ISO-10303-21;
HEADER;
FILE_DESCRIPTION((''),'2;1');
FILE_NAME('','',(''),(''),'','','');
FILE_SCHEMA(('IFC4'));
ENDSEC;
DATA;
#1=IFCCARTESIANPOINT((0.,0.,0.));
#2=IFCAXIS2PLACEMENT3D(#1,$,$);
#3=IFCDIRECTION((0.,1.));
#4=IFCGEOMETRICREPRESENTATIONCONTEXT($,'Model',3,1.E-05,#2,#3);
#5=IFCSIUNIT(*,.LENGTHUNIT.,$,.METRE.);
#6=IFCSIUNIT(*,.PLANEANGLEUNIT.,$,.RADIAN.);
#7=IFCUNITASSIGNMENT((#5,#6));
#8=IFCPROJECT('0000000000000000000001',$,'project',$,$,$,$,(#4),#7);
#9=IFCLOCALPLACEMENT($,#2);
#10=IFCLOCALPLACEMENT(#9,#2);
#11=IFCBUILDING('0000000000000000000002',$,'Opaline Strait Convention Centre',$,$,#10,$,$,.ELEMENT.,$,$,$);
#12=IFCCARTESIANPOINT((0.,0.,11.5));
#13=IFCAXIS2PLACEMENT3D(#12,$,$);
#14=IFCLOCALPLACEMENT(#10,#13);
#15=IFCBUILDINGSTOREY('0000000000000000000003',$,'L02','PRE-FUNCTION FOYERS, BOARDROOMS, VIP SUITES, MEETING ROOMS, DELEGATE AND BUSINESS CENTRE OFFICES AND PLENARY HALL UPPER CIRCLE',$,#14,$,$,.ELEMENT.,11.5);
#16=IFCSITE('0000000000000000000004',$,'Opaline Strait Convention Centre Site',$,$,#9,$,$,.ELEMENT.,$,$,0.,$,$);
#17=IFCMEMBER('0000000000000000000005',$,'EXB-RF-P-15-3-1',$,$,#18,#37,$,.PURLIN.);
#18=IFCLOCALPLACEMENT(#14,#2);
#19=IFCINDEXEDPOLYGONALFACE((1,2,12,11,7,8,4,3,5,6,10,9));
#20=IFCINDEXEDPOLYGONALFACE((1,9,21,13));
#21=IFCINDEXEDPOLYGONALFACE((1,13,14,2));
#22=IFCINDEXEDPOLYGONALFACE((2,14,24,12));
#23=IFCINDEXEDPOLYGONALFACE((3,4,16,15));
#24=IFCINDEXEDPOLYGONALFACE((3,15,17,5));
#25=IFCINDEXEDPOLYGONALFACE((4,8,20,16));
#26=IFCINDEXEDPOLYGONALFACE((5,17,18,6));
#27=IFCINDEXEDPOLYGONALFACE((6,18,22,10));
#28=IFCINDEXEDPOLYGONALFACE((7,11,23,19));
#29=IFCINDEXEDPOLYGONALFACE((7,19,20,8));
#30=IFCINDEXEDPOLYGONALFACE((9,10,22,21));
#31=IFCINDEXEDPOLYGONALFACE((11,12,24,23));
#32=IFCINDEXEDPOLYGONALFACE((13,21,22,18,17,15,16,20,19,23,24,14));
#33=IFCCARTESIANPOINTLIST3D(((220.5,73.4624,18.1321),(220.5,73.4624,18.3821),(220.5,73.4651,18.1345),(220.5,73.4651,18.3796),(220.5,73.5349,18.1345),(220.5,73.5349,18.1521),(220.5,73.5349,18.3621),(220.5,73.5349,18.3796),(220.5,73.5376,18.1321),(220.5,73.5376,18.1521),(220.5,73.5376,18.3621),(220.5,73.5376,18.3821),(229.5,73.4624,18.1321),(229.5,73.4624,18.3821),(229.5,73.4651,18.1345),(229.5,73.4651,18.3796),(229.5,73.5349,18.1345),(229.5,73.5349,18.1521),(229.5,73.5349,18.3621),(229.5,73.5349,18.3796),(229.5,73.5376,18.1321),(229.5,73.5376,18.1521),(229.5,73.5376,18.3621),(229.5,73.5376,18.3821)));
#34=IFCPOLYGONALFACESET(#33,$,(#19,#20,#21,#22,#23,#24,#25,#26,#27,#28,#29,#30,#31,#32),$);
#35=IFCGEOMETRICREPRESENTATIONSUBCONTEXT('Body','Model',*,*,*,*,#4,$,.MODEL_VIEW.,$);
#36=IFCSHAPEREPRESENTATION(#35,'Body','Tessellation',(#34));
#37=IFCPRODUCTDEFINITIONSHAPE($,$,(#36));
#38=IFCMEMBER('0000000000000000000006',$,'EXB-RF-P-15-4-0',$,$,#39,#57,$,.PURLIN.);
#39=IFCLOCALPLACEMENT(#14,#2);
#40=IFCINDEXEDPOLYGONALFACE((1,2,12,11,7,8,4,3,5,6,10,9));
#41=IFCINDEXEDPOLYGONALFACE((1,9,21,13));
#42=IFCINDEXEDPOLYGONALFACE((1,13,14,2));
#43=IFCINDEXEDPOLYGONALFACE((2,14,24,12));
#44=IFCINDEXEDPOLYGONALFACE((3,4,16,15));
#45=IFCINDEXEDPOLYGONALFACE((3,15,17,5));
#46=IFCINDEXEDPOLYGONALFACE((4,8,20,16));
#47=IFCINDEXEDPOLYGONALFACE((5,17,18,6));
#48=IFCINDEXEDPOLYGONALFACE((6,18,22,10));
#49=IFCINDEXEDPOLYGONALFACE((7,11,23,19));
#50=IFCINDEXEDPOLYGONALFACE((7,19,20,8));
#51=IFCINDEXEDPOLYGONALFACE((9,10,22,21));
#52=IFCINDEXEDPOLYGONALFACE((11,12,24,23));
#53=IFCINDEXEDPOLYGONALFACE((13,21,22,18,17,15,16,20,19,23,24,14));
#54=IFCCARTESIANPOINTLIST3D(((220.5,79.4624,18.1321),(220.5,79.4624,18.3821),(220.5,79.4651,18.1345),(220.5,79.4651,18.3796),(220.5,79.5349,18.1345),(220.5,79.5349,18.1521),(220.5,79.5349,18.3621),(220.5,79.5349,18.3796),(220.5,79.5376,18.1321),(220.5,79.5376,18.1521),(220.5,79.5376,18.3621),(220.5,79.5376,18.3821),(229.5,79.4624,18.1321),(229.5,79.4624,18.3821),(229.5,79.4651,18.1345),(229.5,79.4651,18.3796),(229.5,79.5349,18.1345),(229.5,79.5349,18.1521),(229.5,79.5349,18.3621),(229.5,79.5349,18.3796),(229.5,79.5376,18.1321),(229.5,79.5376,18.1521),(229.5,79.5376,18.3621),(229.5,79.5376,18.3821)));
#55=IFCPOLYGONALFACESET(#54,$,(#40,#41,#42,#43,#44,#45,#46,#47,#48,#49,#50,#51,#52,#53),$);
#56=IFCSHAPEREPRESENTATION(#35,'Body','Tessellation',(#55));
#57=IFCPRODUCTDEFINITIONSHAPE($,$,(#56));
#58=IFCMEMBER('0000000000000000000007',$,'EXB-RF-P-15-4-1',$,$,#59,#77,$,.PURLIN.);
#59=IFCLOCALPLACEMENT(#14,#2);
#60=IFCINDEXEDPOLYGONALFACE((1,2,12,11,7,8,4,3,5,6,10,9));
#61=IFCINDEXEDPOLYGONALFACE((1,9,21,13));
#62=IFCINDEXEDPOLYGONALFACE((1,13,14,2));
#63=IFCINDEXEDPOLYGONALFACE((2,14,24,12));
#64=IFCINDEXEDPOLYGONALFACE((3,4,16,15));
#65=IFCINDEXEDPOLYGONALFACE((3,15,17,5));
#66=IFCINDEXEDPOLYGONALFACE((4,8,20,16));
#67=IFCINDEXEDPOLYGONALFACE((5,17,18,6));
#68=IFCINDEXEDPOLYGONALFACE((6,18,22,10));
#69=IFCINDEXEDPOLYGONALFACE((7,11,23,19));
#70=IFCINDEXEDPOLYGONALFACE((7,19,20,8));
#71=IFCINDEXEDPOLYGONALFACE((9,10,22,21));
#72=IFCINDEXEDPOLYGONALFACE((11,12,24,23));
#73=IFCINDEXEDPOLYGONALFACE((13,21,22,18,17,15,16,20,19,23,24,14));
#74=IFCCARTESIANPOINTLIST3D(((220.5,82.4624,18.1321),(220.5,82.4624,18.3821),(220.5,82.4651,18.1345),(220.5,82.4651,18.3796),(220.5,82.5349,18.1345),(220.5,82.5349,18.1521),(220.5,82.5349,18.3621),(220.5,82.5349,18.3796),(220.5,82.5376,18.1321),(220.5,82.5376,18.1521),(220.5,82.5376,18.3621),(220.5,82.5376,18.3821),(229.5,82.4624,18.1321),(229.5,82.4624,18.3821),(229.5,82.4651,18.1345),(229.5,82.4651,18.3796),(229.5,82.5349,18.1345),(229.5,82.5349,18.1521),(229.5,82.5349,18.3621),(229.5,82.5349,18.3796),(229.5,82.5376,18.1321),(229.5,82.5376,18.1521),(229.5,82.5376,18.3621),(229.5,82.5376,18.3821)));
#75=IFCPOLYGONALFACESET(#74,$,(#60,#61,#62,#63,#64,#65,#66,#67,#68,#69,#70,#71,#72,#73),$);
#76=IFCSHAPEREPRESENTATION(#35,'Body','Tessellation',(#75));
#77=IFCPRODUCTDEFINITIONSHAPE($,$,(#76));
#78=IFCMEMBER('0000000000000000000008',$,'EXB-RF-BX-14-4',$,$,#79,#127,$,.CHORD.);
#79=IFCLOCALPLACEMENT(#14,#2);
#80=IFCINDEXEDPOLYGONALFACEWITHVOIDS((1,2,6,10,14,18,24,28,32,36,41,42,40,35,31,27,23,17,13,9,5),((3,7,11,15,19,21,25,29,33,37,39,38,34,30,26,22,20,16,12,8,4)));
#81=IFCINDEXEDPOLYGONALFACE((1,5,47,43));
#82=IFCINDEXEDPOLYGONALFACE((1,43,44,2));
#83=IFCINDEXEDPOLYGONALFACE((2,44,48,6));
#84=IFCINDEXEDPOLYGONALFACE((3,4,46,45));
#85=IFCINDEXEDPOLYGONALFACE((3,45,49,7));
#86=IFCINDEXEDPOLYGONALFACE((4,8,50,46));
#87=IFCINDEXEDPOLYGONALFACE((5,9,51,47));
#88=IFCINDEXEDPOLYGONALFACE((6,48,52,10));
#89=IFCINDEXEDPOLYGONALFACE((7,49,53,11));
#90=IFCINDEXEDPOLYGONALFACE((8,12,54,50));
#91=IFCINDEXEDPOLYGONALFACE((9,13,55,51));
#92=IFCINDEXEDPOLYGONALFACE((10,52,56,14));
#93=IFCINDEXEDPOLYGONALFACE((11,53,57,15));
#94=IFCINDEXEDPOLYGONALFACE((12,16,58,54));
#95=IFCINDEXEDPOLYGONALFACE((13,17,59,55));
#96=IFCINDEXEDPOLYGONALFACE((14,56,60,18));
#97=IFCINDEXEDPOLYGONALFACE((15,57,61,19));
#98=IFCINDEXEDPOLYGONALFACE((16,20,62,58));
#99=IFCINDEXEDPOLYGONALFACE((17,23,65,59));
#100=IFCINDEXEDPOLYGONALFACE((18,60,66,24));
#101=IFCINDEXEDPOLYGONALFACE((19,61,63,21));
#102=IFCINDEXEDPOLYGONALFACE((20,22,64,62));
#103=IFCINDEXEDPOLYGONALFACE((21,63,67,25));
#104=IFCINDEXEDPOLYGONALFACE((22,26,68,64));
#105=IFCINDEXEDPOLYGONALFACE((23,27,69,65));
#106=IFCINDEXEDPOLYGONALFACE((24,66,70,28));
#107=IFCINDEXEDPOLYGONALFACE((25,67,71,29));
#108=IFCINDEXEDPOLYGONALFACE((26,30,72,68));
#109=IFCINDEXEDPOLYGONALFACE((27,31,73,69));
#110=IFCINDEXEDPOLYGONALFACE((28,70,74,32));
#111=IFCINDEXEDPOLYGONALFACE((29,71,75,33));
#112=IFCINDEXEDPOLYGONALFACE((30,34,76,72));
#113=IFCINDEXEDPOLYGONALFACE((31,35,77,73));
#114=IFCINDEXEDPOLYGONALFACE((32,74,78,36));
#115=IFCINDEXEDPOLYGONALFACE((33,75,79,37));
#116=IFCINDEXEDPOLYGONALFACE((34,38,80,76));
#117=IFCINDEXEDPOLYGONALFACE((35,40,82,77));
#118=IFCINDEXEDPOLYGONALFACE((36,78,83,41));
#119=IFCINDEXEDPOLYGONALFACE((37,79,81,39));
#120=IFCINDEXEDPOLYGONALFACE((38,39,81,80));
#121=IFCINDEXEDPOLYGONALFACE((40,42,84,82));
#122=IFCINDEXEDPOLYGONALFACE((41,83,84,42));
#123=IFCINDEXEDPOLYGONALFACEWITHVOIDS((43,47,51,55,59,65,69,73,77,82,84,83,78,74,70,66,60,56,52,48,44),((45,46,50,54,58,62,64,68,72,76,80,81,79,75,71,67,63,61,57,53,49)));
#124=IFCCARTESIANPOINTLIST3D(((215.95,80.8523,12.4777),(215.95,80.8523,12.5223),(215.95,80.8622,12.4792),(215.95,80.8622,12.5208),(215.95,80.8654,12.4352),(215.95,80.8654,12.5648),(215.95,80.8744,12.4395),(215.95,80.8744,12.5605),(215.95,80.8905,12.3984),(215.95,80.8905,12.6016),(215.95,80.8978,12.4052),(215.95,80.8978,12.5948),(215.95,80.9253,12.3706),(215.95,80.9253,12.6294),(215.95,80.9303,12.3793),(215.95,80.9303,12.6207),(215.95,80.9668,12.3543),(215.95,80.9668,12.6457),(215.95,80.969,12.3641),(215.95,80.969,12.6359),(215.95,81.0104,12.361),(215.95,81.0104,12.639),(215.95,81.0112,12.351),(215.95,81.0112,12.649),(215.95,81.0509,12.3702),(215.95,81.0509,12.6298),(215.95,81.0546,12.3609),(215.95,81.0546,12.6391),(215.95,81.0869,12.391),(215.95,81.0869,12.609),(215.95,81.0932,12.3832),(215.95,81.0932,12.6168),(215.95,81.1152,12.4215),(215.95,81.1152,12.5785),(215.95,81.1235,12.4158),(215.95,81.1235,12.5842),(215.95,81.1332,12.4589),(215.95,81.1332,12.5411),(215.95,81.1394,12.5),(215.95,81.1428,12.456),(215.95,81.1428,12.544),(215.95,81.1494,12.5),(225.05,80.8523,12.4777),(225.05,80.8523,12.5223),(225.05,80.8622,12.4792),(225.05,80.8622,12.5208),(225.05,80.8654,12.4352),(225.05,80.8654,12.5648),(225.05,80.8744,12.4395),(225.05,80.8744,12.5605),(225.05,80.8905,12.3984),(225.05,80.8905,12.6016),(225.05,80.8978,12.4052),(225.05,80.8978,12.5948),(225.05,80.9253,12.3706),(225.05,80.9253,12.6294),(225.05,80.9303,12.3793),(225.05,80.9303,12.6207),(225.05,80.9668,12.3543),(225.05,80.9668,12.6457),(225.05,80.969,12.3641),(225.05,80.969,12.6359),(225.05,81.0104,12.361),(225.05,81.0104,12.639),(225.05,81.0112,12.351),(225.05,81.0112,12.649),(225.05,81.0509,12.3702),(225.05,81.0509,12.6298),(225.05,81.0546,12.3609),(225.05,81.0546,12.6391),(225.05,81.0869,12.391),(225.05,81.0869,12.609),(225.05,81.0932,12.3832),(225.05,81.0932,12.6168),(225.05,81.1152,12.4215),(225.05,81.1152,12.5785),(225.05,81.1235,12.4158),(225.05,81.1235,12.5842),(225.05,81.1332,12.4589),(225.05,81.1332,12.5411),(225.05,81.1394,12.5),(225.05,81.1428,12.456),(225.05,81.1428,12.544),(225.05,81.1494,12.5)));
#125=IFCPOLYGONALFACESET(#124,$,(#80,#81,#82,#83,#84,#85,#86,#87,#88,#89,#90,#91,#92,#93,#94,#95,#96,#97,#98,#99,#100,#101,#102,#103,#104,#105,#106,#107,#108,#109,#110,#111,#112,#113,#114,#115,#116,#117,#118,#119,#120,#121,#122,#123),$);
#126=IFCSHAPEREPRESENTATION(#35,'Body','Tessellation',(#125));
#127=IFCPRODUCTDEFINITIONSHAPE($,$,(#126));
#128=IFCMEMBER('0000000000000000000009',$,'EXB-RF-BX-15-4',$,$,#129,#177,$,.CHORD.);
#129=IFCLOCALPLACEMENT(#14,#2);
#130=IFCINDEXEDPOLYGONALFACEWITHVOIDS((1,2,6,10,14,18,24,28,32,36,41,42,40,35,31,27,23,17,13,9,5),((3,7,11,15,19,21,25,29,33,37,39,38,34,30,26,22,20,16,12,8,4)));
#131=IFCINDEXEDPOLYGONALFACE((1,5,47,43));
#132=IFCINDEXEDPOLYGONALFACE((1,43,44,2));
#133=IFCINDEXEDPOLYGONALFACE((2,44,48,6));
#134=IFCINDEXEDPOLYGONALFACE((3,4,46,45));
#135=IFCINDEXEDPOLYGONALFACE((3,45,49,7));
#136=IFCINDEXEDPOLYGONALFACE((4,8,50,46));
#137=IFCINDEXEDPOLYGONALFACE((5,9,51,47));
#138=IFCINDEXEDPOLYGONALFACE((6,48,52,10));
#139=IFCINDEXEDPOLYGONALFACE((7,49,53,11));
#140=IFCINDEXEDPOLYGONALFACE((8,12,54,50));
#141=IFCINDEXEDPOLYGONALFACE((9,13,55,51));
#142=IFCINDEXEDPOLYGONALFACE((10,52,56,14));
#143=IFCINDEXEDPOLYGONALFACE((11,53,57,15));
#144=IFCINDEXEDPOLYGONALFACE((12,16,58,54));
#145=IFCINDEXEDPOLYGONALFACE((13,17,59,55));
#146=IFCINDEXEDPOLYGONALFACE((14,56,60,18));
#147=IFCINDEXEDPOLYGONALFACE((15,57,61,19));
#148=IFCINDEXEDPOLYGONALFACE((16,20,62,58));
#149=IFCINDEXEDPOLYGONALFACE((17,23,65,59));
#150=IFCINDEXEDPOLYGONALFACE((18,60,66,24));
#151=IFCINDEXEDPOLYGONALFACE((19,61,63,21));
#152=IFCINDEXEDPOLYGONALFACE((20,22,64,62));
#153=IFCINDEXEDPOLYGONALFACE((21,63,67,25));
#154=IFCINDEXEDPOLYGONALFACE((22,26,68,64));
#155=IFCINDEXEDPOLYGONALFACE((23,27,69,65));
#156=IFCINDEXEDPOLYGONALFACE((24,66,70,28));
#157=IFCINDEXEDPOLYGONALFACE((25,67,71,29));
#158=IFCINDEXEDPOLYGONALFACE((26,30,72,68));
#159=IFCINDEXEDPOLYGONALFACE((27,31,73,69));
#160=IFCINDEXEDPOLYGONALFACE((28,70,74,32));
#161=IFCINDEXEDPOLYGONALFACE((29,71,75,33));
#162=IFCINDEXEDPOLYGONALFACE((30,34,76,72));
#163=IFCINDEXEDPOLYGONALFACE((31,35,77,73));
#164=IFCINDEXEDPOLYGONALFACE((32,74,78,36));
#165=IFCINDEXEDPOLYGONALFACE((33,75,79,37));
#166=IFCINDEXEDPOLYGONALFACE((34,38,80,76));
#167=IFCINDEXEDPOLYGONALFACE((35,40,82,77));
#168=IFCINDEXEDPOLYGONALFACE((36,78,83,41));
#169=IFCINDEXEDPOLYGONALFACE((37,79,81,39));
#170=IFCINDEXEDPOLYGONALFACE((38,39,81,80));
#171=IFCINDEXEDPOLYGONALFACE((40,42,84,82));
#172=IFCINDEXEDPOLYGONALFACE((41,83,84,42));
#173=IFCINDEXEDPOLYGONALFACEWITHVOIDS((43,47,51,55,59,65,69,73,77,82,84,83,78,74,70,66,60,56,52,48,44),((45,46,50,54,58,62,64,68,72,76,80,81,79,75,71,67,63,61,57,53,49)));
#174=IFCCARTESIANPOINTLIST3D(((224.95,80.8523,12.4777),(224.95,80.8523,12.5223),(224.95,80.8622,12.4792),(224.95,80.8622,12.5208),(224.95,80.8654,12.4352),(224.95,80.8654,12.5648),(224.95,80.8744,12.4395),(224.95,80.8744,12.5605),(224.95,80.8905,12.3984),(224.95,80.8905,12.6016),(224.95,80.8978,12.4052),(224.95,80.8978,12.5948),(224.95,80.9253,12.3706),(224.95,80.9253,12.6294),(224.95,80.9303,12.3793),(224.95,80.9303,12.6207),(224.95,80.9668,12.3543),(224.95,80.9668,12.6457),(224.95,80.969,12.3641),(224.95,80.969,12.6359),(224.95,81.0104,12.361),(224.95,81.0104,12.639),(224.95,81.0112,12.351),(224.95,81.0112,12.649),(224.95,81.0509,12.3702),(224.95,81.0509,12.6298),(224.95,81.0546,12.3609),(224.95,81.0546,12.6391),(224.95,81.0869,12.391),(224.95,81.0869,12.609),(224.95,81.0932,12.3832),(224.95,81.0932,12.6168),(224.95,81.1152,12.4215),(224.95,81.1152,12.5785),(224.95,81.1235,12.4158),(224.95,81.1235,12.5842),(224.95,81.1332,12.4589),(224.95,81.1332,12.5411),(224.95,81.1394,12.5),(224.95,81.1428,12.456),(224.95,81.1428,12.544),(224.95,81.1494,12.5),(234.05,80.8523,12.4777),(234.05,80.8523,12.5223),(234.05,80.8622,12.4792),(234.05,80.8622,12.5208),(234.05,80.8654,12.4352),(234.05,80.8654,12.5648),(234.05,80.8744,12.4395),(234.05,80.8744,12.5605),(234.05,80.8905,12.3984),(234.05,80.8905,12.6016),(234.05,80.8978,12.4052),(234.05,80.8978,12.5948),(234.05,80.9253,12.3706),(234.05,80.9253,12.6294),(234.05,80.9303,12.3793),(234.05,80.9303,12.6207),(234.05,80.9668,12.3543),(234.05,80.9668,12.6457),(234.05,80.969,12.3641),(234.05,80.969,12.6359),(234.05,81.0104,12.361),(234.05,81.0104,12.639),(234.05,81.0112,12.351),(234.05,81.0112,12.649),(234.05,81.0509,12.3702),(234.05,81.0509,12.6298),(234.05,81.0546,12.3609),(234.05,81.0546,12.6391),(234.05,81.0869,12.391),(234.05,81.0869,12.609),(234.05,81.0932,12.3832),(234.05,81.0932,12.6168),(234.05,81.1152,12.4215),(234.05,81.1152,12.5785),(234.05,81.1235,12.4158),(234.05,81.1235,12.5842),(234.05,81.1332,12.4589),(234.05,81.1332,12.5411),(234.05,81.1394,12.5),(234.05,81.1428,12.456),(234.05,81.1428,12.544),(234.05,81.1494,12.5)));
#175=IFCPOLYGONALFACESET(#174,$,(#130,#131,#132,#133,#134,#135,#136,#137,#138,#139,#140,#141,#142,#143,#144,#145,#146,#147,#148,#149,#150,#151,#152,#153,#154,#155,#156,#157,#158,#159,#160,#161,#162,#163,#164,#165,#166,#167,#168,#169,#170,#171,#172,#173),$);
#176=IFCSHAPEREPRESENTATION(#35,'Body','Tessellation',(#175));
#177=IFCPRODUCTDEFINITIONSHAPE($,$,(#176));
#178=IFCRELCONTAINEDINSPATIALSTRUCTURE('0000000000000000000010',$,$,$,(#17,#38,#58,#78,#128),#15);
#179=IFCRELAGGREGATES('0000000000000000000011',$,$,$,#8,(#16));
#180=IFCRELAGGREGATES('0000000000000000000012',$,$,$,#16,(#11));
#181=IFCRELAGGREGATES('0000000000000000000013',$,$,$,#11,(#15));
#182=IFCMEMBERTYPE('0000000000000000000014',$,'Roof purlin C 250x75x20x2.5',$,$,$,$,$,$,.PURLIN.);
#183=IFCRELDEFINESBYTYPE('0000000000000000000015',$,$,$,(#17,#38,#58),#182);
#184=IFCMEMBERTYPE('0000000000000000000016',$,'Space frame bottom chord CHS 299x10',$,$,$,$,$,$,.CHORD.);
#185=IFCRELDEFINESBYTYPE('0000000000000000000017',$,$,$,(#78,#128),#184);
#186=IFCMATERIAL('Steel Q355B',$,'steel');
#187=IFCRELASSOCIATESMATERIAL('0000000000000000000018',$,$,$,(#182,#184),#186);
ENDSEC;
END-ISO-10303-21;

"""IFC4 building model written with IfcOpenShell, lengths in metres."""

from ifc_helpers import new_model, si_unit, direction, frame, origin, origin_2d, place, context, subcontext, project, spatial, polyline, hollow_circle, outline, extrude, material, material_profile, profile_set, type_object, element, save


model = new_model("IFC4")

# Units and contexts
model_context = context("Model", 3, precision=1e-05, world=origin(), true_north=direction((0.0, 1.0)))
body_context = subcontext(model_context, "Body", "Model", "MODEL_VIEW")
ifc_project = project(units=[si_unit("LENGTHUNIT", "METRE"), si_unit("PLANEANGLEUNIT", "RADIAN")], contexts=[model_context])

# Site, building, storey
site_placement = place(None, origin())
site = spatial("IfcSite", under=ifc_project, at=site_placement, Name="Opaline Strait Convention Centre Site", CompositionType="ELEMENT", RefElevation=0.0)
building_placement = place(site_placement, origin())
building = spatial("IfcBuilding", under=site, at=building_placement, Name="Opaline Strait Convention Centre", CompositionType="ELEMENT")
storey_placement = place(building_placement, frame((0.0, 0.0, 11.5)))
storey = spatial("IfcBuildingStorey", under=building, at=storey_placement, Name="L02", Description="PRE-FUNCTION FOYERS, BOARDROOMS, VIP SUITES, MEETING ROOMS, DELEGATE AND BUSINESS CENTRE OFFICES AND PLENARY HALL UPPER CIRCLE", CompositionType="ELEMENT", Elevation=11.5)

# Members
ifc_material_1 = material(Name="Steel Q355B", Category="steel")
ifc_material_profile_1 = material_profile(ifc_material_1, outline(polyline([(-0.0376, -0.125), (0.0376, -0.125), (0.0376, -0.105), (0.0349, -0.105), (0.0349, -0.1226), (-0.0349, -0.1226), (-0.0349, 0.1226), (0.0349, 0.1226), (0.0349, 0.105), (0.0376, 0.105), (0.0376, 0.125), (-0.0376, 0.125), (-0.0376, -0.125)])), Name="C 250x75x20x2.5")
ifc_profile_set_1 = profile_set([ifc_material_profile_1], Name="Steel Q355B")
member_type_1 = type_object("IfcMemberType", Name="Roof purlin C 250x75x20x2.5", PredefinedType="PURLIN", material=ifc_profile_set_1)
for number, where, z_axis, x_axis, name in (
    (1, (220.5, 73.5, 18.2571), (1.0, 0.0, 0.0), (0.0, 1.0, 0.0), "EXB-RF-P-15-3-1"),
    (2, (220.5, 79.5, 18.2571), (1.0, 0.0, 0.0), (0.0, 1.0, 0.0), "EXB-RF-P-15-4-0"),
    (3, (220.5, 82.5, 18.2571), (1.0, 0.0, 0.0), (0.0, 1.0, 0.0), "EXB-RF-P-15-4-1"),
):
    element("IfcMember", number, at=place(storey_placement, frame(where, z_axis=z_axis, x_axis=x_axis)), inside=storey, type_object=member_type_1, Name=name, PredefinedType="PURLIN", context=body_context, shape_type="SweptSolid", body=[
        extrude(outline(polyline([(-0.0376, -0.125), (0.0376, -0.125), (0.0376, -0.105), (0.0349, -0.105), (0.0349, -0.1226), (-0.0349, -0.1226), (-0.0349, 0.1226), (0.0349, 0.1226), (0.0349, 0.105), (0.0376, 0.105), (0.0376, 0.125), (-0.0376, 0.125), (-0.0376, -0.125)])), origin(), (0.0, 0.0, 1.0), 9.0),
    ])
ifc_material_profile_2 = material_profile(ifc_material_1, hollow_circle(Radius=0.1494, WallThickness=0.01, at=origin_2d()), Name="CHS 299x10")
ifc_profile_set_2 = profile_set([ifc_material_profile_2], Name="Steel Q355B")
member_type_2 = type_object("IfcMemberType", Name="Space frame bottom chord CHS 299x10", PredefinedType="CHORD", material=ifc_profile_set_2)
for number, where, z_axis, x_axis, name in (
    (4, (215.95, 81.0, 12.5), (1.0, 0.0, 0.0), (0.0, 1.0, 0.0), "EXB-RF-BX-14-4"),
    (5, (224.95, 81.0, 12.5), (1.0, 0.0, 0.0), (0.0, 1.0, 0.0), "EXB-RF-BX-15-4"),
):
    element("IfcMember", number, at=place(storey_placement, frame(where, z_axis=z_axis, x_axis=x_axis)), inside=storey, type_object=member_type_2, Name=name, PredefinedType="CHORD", context=body_context, shape_type="SweptSolid", body=[
        extrude(hollow_circle(Radius=0.1494, WallThickness=0.01, at=origin_2d()), origin(), (0.0, 0.0, 1.0), 9.1001),
    ])

save(model, "model.ifc")
